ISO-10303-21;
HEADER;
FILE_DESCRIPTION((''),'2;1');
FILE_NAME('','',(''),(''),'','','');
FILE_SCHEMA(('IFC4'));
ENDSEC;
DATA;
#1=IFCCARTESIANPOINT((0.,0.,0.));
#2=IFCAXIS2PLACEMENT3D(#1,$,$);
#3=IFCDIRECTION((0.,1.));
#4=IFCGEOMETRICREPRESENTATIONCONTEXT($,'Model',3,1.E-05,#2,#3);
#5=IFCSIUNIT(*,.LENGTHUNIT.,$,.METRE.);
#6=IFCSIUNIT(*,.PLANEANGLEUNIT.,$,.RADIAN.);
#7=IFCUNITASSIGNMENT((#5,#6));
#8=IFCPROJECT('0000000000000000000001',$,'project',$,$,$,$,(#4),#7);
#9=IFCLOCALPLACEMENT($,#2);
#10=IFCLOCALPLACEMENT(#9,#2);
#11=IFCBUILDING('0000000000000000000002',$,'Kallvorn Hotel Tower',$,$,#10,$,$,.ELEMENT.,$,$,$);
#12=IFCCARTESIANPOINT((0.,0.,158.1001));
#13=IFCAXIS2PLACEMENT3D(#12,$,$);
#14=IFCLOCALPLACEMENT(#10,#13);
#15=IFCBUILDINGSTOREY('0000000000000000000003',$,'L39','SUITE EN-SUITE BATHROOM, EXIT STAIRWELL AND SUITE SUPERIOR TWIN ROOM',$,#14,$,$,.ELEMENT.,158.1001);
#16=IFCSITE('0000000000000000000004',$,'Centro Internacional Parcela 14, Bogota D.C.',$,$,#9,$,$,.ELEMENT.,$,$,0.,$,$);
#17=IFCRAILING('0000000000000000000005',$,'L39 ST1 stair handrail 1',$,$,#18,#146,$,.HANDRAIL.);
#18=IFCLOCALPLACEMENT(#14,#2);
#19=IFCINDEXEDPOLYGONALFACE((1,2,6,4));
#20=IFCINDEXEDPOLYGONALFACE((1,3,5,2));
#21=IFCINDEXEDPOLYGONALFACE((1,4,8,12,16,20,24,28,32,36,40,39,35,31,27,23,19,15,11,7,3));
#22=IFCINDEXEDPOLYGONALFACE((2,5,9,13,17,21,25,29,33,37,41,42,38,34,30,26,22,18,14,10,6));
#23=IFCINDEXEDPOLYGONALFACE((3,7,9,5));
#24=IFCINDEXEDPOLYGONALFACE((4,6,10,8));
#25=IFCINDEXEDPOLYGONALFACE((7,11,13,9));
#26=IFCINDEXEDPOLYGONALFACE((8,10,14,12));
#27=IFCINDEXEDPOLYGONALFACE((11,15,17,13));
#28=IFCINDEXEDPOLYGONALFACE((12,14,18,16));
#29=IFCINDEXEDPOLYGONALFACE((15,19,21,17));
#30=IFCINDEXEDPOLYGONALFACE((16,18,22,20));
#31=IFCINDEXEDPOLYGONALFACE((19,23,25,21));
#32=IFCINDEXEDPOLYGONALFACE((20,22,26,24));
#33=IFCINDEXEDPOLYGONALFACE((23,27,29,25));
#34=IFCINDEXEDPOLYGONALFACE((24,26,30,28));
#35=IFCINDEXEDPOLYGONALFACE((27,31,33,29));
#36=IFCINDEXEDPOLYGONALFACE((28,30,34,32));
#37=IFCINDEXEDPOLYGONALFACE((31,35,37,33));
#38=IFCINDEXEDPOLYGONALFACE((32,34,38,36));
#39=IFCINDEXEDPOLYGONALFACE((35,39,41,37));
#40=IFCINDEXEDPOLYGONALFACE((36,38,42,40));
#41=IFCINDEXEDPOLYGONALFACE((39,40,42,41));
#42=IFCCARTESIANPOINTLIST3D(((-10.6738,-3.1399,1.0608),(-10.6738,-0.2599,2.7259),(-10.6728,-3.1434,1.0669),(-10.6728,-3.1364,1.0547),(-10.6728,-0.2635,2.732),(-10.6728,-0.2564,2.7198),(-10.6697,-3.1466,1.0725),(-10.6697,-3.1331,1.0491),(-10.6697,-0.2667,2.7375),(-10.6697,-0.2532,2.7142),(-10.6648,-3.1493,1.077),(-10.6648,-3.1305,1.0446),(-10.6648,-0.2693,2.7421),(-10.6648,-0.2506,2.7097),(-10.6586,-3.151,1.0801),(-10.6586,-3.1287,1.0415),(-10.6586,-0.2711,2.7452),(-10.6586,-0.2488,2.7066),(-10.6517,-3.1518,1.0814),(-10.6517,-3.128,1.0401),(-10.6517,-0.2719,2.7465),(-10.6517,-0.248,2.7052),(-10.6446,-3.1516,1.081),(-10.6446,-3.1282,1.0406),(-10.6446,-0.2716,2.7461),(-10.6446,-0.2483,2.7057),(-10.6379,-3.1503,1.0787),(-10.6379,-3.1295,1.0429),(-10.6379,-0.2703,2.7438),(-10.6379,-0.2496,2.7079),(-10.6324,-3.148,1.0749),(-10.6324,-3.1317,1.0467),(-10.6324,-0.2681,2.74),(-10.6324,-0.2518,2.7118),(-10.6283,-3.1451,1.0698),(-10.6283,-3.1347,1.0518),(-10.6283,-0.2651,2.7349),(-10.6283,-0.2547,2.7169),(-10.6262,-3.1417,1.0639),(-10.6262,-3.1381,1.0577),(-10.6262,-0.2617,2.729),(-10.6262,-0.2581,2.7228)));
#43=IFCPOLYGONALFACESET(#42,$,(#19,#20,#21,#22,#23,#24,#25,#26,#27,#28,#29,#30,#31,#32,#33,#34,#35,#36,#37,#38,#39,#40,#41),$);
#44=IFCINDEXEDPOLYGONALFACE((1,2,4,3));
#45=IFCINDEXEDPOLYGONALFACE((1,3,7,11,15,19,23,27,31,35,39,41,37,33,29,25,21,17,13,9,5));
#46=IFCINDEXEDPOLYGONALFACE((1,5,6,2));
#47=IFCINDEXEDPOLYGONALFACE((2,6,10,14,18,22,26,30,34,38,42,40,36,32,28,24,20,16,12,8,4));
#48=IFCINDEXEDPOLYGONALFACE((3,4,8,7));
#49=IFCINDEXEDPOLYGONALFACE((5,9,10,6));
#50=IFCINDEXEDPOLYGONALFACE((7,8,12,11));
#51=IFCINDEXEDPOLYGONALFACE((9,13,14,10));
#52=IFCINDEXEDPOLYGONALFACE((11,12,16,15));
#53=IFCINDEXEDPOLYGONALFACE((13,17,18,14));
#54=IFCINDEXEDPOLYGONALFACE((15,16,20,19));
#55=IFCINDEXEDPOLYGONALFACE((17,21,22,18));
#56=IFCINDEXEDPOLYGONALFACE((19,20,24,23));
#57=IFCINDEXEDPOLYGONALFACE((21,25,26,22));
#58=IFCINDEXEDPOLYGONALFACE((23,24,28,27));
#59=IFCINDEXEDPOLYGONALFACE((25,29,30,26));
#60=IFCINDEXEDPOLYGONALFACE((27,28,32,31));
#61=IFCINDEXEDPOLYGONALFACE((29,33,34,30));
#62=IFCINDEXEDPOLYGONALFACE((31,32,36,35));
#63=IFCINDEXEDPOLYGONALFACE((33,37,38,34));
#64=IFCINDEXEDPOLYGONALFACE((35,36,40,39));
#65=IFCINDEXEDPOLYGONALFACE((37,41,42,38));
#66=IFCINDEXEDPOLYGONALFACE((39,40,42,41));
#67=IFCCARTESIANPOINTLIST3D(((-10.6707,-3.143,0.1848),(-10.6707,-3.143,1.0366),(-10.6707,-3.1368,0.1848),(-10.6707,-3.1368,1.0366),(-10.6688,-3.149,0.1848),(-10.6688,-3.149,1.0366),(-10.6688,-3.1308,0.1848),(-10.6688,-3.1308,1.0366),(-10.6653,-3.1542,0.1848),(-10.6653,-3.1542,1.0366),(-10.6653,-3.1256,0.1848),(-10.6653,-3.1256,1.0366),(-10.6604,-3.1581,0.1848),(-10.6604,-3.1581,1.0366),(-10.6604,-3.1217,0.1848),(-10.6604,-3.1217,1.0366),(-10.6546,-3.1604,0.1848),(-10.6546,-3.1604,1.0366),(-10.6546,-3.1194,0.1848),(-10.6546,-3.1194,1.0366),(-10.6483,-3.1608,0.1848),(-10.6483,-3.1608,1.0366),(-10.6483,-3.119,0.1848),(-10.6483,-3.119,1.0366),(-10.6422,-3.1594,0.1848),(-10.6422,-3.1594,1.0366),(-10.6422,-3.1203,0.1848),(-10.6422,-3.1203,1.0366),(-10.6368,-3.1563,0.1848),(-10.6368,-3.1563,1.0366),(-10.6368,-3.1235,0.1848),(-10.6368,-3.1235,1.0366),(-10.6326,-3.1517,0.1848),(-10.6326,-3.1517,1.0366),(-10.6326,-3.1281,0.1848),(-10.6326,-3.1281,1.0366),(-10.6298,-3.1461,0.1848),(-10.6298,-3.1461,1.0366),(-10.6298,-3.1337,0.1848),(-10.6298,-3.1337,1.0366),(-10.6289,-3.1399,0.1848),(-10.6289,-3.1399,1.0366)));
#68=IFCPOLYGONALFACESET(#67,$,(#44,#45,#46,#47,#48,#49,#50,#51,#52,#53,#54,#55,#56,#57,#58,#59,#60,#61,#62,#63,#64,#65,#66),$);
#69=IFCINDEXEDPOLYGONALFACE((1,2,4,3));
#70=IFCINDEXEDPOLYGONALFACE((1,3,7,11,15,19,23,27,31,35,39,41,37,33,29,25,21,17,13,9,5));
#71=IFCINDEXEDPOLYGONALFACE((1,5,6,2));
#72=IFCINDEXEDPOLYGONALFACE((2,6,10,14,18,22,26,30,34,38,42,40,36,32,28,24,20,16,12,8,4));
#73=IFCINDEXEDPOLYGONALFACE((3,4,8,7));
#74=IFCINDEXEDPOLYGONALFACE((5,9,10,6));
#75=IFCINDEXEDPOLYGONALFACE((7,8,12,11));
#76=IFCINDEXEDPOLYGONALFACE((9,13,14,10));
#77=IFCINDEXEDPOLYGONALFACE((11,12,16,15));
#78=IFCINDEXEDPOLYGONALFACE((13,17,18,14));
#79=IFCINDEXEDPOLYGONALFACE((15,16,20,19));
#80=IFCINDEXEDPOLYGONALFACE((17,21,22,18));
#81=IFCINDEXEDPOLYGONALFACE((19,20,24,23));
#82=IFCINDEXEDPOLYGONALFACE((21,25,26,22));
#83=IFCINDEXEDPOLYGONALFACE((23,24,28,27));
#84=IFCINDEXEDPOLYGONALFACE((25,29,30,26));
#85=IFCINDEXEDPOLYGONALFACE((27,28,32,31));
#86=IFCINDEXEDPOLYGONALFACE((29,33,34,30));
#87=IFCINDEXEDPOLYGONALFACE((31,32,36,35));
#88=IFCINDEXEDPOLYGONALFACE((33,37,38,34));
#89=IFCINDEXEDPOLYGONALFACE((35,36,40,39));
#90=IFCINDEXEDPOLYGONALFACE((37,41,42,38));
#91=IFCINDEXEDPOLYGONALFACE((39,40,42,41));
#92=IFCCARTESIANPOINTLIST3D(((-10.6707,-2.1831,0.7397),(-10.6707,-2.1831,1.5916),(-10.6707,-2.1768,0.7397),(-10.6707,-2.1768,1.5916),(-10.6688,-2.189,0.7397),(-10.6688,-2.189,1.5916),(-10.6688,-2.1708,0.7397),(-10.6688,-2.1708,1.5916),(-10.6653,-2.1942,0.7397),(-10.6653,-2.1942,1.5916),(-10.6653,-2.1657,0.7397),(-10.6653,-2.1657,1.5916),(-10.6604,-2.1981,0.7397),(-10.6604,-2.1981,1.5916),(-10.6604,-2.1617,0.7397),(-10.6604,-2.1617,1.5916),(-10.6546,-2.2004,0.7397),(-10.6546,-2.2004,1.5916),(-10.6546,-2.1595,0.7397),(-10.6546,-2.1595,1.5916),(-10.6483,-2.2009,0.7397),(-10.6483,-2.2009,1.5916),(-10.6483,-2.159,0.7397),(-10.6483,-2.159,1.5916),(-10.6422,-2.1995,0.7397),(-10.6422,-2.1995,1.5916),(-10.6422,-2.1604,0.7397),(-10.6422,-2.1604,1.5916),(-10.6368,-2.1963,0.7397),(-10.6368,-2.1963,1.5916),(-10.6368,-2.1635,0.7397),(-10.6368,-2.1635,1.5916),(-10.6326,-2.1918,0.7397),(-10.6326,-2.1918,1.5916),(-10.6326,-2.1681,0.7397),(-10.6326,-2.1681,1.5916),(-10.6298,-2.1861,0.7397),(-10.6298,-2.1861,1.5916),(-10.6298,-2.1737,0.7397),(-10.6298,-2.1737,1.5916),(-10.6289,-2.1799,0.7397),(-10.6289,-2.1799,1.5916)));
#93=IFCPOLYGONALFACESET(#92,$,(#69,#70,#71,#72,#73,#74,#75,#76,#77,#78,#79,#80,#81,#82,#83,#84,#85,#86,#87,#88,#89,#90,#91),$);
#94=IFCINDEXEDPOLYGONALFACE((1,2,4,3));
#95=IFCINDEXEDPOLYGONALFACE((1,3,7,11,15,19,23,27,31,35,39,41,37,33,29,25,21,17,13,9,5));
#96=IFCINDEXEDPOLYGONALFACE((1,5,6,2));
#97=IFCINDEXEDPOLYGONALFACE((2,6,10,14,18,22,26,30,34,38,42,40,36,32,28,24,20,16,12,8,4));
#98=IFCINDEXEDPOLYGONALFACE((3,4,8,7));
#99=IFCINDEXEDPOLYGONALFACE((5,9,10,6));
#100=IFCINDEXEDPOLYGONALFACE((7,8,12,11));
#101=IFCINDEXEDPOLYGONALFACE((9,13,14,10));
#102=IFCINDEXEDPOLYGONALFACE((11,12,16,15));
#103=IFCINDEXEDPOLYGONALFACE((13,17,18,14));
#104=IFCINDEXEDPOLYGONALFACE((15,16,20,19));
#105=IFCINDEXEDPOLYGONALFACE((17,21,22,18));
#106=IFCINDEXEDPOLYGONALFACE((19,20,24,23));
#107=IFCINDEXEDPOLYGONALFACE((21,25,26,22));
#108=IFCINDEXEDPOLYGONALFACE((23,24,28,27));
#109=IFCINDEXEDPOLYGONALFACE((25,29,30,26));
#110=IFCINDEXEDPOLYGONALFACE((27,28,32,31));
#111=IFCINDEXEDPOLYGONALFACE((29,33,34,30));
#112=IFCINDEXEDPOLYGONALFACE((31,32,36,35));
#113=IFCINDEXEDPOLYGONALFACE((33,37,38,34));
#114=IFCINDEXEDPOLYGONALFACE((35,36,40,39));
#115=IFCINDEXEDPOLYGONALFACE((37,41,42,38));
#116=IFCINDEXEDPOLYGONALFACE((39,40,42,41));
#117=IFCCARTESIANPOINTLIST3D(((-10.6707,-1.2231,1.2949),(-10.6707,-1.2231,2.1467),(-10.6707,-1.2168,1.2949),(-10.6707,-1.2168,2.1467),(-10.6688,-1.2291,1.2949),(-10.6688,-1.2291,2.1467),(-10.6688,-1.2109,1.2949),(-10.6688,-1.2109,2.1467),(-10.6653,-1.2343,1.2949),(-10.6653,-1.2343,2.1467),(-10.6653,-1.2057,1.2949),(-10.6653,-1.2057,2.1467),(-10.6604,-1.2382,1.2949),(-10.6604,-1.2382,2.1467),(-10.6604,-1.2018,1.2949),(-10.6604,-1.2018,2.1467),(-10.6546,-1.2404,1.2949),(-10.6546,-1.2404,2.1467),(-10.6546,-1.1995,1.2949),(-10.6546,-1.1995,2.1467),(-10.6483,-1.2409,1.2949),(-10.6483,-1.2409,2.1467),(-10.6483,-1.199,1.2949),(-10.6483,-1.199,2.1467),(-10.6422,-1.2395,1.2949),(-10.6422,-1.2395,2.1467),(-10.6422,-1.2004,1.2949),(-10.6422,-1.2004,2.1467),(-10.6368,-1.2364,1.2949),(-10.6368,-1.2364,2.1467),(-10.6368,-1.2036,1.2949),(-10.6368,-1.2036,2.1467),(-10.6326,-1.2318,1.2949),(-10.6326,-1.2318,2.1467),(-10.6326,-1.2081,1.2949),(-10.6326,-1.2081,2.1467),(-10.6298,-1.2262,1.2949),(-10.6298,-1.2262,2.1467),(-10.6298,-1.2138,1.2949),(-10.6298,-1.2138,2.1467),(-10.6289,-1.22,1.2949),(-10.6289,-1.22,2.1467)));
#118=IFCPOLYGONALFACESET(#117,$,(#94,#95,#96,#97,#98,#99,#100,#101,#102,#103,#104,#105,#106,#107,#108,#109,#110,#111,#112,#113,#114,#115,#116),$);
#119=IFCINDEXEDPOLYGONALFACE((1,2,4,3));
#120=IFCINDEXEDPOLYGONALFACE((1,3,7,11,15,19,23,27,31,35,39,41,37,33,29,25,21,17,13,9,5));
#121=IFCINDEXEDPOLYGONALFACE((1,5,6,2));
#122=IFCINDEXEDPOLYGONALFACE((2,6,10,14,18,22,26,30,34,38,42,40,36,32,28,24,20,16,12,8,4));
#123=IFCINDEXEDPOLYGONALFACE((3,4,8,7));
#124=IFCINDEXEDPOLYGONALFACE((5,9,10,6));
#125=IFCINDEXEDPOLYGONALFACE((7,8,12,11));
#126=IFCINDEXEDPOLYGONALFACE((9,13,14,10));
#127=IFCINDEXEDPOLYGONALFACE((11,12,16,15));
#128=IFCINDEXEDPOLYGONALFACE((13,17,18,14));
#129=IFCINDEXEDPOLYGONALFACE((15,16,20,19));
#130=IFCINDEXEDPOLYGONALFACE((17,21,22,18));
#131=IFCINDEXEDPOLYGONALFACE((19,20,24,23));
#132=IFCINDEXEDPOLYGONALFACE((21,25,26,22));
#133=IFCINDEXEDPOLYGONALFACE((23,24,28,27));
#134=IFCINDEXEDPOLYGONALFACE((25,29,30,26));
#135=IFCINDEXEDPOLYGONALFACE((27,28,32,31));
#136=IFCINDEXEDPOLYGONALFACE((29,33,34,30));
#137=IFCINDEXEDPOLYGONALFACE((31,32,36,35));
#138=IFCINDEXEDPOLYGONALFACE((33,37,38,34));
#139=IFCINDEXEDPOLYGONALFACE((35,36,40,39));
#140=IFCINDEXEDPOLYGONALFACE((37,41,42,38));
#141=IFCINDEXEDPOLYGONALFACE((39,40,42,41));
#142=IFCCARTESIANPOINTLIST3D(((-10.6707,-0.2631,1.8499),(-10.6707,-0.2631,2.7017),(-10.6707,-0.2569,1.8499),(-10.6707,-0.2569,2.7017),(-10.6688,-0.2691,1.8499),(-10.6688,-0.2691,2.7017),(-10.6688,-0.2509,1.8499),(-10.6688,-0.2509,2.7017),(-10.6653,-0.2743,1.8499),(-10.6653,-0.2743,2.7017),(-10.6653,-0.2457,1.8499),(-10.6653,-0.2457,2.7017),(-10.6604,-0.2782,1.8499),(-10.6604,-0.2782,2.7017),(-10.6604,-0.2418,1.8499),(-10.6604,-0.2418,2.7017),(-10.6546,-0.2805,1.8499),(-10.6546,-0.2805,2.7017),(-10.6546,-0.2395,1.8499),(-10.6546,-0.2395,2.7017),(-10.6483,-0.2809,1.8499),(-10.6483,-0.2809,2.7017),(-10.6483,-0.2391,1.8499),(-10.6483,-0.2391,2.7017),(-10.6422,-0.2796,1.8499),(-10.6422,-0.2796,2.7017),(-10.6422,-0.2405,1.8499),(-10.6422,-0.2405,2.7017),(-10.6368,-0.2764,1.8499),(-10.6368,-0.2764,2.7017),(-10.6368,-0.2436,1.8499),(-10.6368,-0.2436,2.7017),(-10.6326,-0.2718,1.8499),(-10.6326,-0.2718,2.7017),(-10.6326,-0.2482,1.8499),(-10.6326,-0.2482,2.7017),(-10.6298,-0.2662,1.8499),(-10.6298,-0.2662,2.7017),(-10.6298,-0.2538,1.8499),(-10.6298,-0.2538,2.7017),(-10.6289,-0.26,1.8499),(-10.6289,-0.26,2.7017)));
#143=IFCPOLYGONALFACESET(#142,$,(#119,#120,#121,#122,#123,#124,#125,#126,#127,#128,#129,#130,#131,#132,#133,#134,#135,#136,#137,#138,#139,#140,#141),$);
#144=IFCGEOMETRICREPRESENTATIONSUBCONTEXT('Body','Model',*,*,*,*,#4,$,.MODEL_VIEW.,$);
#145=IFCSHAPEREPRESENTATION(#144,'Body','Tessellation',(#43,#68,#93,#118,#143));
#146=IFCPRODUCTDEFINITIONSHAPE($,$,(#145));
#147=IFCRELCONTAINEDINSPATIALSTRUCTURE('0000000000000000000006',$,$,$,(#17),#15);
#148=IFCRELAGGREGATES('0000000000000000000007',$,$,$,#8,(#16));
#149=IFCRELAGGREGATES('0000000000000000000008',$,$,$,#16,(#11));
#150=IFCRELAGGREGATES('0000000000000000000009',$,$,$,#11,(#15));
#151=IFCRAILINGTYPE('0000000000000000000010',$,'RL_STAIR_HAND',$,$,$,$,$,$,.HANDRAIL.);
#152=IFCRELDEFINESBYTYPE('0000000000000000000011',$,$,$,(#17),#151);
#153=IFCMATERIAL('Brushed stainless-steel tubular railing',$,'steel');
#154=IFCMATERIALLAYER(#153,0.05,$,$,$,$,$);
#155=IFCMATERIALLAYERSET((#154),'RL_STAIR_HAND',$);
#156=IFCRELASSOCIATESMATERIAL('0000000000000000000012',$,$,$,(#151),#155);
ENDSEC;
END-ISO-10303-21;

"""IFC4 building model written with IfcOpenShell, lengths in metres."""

from ifc_helpers import new_model, si_unit, direction, frame, origin, origin_2d, place, context, subcontext, project, spatial, circle, extrude, material, layer, layer_set, type_object, element, save


model = new_model("IFC4")

# Units and contexts
model_context = context("Model", 3, precision=1e-05, world=origin(), true_north=direction((0.0, 1.0)))
body_context = subcontext(model_context, "Body", "Model", "MODEL_VIEW")
ifc_project = project(units=[si_unit("LENGTHUNIT", "METRE"), si_unit("PLANEANGLEUNIT", "RADIAN")], contexts=[model_context])

# Site, building, storey
site_placement = place(None, origin())
site = spatial("IfcSite", under=ifc_project, at=site_placement, Name="Centro Internacional Parcela 14, Bogota D.C.", CompositionType="ELEMENT", RefElevation=0.0)
building_placement = place(site_placement, origin())
building = spatial("IfcBuilding", under=site, at=building_placement, Name="Kallvorn Hotel Tower", CompositionType="ELEMENT")
storey_placement = place(building_placement, frame((0.0, 0.0, 158.1001)))
storey = spatial("IfcBuildingStorey", under=building, at=storey_placement, Name="L39", Description="SUITE EN-SUITE BATHROOM, EXIT STAIRWELL AND SUITE SUPERIOR TWIN ROOM", CompositionType="ELEMENT", Elevation=158.1001)

# Railing
ifc_material_1 = material(Name="Brushed stainless-steel tubular railing", Category="steel")
ifc_layer_1 = layer(ifc_material_1, 0.05)
ifc_layer_set_1 = layer_set([ifc_layer_1], Name="RL_STAIR_HAND")
railing_type_1 = type_object("IfcRailingType", Name="RL_STAIR_HAND", PredefinedType="HANDRAIL", material=ifc_layer_set_1)
railing_1_placement = place(storey_placement, frame((-10.6499, -3.1399, 0.1848)))
element("IfcRailing", 1, at=railing_1_placement, inside=storey, type_object=railing_type_1, Name="L39 ST1 stair handrail 1", PredefinedType="HANDRAIL", context=body_context, shape_type="SweptSolid", body=[
    extrude(circle(Radius=0.0239, at=origin_2d()), frame((0.0, 0.0, 0.876), z_axis=(0.0, 0.865721, 0.500527), x_axis=(-1.0, 0.0, 0.0)), (0.0, 0.0, 1.0), 3.3267),
    extrude(circle(Radius=0.021, at=origin_2d()), origin(), (0.0, 0.0, 1.0), 0.8518),
    extrude(circle(Radius=0.021, at=origin_2d()), frame((0.0, 0.96, 0.5549)), (0.0, 0.0, 1.0), 0.8518),
    extrude(circle(Radius=0.021, at=origin_2d()), frame((0.0, 1.9199, 1.1101)), (0.0, 0.0, 1.0), 0.8518),
    extrude(circle(Radius=0.021, at=origin_2d()), frame((0.0, 2.8799, 1.665)), (0.0, 0.0, 1.0), 0.8518),
])

save(model, "model.ifc")
